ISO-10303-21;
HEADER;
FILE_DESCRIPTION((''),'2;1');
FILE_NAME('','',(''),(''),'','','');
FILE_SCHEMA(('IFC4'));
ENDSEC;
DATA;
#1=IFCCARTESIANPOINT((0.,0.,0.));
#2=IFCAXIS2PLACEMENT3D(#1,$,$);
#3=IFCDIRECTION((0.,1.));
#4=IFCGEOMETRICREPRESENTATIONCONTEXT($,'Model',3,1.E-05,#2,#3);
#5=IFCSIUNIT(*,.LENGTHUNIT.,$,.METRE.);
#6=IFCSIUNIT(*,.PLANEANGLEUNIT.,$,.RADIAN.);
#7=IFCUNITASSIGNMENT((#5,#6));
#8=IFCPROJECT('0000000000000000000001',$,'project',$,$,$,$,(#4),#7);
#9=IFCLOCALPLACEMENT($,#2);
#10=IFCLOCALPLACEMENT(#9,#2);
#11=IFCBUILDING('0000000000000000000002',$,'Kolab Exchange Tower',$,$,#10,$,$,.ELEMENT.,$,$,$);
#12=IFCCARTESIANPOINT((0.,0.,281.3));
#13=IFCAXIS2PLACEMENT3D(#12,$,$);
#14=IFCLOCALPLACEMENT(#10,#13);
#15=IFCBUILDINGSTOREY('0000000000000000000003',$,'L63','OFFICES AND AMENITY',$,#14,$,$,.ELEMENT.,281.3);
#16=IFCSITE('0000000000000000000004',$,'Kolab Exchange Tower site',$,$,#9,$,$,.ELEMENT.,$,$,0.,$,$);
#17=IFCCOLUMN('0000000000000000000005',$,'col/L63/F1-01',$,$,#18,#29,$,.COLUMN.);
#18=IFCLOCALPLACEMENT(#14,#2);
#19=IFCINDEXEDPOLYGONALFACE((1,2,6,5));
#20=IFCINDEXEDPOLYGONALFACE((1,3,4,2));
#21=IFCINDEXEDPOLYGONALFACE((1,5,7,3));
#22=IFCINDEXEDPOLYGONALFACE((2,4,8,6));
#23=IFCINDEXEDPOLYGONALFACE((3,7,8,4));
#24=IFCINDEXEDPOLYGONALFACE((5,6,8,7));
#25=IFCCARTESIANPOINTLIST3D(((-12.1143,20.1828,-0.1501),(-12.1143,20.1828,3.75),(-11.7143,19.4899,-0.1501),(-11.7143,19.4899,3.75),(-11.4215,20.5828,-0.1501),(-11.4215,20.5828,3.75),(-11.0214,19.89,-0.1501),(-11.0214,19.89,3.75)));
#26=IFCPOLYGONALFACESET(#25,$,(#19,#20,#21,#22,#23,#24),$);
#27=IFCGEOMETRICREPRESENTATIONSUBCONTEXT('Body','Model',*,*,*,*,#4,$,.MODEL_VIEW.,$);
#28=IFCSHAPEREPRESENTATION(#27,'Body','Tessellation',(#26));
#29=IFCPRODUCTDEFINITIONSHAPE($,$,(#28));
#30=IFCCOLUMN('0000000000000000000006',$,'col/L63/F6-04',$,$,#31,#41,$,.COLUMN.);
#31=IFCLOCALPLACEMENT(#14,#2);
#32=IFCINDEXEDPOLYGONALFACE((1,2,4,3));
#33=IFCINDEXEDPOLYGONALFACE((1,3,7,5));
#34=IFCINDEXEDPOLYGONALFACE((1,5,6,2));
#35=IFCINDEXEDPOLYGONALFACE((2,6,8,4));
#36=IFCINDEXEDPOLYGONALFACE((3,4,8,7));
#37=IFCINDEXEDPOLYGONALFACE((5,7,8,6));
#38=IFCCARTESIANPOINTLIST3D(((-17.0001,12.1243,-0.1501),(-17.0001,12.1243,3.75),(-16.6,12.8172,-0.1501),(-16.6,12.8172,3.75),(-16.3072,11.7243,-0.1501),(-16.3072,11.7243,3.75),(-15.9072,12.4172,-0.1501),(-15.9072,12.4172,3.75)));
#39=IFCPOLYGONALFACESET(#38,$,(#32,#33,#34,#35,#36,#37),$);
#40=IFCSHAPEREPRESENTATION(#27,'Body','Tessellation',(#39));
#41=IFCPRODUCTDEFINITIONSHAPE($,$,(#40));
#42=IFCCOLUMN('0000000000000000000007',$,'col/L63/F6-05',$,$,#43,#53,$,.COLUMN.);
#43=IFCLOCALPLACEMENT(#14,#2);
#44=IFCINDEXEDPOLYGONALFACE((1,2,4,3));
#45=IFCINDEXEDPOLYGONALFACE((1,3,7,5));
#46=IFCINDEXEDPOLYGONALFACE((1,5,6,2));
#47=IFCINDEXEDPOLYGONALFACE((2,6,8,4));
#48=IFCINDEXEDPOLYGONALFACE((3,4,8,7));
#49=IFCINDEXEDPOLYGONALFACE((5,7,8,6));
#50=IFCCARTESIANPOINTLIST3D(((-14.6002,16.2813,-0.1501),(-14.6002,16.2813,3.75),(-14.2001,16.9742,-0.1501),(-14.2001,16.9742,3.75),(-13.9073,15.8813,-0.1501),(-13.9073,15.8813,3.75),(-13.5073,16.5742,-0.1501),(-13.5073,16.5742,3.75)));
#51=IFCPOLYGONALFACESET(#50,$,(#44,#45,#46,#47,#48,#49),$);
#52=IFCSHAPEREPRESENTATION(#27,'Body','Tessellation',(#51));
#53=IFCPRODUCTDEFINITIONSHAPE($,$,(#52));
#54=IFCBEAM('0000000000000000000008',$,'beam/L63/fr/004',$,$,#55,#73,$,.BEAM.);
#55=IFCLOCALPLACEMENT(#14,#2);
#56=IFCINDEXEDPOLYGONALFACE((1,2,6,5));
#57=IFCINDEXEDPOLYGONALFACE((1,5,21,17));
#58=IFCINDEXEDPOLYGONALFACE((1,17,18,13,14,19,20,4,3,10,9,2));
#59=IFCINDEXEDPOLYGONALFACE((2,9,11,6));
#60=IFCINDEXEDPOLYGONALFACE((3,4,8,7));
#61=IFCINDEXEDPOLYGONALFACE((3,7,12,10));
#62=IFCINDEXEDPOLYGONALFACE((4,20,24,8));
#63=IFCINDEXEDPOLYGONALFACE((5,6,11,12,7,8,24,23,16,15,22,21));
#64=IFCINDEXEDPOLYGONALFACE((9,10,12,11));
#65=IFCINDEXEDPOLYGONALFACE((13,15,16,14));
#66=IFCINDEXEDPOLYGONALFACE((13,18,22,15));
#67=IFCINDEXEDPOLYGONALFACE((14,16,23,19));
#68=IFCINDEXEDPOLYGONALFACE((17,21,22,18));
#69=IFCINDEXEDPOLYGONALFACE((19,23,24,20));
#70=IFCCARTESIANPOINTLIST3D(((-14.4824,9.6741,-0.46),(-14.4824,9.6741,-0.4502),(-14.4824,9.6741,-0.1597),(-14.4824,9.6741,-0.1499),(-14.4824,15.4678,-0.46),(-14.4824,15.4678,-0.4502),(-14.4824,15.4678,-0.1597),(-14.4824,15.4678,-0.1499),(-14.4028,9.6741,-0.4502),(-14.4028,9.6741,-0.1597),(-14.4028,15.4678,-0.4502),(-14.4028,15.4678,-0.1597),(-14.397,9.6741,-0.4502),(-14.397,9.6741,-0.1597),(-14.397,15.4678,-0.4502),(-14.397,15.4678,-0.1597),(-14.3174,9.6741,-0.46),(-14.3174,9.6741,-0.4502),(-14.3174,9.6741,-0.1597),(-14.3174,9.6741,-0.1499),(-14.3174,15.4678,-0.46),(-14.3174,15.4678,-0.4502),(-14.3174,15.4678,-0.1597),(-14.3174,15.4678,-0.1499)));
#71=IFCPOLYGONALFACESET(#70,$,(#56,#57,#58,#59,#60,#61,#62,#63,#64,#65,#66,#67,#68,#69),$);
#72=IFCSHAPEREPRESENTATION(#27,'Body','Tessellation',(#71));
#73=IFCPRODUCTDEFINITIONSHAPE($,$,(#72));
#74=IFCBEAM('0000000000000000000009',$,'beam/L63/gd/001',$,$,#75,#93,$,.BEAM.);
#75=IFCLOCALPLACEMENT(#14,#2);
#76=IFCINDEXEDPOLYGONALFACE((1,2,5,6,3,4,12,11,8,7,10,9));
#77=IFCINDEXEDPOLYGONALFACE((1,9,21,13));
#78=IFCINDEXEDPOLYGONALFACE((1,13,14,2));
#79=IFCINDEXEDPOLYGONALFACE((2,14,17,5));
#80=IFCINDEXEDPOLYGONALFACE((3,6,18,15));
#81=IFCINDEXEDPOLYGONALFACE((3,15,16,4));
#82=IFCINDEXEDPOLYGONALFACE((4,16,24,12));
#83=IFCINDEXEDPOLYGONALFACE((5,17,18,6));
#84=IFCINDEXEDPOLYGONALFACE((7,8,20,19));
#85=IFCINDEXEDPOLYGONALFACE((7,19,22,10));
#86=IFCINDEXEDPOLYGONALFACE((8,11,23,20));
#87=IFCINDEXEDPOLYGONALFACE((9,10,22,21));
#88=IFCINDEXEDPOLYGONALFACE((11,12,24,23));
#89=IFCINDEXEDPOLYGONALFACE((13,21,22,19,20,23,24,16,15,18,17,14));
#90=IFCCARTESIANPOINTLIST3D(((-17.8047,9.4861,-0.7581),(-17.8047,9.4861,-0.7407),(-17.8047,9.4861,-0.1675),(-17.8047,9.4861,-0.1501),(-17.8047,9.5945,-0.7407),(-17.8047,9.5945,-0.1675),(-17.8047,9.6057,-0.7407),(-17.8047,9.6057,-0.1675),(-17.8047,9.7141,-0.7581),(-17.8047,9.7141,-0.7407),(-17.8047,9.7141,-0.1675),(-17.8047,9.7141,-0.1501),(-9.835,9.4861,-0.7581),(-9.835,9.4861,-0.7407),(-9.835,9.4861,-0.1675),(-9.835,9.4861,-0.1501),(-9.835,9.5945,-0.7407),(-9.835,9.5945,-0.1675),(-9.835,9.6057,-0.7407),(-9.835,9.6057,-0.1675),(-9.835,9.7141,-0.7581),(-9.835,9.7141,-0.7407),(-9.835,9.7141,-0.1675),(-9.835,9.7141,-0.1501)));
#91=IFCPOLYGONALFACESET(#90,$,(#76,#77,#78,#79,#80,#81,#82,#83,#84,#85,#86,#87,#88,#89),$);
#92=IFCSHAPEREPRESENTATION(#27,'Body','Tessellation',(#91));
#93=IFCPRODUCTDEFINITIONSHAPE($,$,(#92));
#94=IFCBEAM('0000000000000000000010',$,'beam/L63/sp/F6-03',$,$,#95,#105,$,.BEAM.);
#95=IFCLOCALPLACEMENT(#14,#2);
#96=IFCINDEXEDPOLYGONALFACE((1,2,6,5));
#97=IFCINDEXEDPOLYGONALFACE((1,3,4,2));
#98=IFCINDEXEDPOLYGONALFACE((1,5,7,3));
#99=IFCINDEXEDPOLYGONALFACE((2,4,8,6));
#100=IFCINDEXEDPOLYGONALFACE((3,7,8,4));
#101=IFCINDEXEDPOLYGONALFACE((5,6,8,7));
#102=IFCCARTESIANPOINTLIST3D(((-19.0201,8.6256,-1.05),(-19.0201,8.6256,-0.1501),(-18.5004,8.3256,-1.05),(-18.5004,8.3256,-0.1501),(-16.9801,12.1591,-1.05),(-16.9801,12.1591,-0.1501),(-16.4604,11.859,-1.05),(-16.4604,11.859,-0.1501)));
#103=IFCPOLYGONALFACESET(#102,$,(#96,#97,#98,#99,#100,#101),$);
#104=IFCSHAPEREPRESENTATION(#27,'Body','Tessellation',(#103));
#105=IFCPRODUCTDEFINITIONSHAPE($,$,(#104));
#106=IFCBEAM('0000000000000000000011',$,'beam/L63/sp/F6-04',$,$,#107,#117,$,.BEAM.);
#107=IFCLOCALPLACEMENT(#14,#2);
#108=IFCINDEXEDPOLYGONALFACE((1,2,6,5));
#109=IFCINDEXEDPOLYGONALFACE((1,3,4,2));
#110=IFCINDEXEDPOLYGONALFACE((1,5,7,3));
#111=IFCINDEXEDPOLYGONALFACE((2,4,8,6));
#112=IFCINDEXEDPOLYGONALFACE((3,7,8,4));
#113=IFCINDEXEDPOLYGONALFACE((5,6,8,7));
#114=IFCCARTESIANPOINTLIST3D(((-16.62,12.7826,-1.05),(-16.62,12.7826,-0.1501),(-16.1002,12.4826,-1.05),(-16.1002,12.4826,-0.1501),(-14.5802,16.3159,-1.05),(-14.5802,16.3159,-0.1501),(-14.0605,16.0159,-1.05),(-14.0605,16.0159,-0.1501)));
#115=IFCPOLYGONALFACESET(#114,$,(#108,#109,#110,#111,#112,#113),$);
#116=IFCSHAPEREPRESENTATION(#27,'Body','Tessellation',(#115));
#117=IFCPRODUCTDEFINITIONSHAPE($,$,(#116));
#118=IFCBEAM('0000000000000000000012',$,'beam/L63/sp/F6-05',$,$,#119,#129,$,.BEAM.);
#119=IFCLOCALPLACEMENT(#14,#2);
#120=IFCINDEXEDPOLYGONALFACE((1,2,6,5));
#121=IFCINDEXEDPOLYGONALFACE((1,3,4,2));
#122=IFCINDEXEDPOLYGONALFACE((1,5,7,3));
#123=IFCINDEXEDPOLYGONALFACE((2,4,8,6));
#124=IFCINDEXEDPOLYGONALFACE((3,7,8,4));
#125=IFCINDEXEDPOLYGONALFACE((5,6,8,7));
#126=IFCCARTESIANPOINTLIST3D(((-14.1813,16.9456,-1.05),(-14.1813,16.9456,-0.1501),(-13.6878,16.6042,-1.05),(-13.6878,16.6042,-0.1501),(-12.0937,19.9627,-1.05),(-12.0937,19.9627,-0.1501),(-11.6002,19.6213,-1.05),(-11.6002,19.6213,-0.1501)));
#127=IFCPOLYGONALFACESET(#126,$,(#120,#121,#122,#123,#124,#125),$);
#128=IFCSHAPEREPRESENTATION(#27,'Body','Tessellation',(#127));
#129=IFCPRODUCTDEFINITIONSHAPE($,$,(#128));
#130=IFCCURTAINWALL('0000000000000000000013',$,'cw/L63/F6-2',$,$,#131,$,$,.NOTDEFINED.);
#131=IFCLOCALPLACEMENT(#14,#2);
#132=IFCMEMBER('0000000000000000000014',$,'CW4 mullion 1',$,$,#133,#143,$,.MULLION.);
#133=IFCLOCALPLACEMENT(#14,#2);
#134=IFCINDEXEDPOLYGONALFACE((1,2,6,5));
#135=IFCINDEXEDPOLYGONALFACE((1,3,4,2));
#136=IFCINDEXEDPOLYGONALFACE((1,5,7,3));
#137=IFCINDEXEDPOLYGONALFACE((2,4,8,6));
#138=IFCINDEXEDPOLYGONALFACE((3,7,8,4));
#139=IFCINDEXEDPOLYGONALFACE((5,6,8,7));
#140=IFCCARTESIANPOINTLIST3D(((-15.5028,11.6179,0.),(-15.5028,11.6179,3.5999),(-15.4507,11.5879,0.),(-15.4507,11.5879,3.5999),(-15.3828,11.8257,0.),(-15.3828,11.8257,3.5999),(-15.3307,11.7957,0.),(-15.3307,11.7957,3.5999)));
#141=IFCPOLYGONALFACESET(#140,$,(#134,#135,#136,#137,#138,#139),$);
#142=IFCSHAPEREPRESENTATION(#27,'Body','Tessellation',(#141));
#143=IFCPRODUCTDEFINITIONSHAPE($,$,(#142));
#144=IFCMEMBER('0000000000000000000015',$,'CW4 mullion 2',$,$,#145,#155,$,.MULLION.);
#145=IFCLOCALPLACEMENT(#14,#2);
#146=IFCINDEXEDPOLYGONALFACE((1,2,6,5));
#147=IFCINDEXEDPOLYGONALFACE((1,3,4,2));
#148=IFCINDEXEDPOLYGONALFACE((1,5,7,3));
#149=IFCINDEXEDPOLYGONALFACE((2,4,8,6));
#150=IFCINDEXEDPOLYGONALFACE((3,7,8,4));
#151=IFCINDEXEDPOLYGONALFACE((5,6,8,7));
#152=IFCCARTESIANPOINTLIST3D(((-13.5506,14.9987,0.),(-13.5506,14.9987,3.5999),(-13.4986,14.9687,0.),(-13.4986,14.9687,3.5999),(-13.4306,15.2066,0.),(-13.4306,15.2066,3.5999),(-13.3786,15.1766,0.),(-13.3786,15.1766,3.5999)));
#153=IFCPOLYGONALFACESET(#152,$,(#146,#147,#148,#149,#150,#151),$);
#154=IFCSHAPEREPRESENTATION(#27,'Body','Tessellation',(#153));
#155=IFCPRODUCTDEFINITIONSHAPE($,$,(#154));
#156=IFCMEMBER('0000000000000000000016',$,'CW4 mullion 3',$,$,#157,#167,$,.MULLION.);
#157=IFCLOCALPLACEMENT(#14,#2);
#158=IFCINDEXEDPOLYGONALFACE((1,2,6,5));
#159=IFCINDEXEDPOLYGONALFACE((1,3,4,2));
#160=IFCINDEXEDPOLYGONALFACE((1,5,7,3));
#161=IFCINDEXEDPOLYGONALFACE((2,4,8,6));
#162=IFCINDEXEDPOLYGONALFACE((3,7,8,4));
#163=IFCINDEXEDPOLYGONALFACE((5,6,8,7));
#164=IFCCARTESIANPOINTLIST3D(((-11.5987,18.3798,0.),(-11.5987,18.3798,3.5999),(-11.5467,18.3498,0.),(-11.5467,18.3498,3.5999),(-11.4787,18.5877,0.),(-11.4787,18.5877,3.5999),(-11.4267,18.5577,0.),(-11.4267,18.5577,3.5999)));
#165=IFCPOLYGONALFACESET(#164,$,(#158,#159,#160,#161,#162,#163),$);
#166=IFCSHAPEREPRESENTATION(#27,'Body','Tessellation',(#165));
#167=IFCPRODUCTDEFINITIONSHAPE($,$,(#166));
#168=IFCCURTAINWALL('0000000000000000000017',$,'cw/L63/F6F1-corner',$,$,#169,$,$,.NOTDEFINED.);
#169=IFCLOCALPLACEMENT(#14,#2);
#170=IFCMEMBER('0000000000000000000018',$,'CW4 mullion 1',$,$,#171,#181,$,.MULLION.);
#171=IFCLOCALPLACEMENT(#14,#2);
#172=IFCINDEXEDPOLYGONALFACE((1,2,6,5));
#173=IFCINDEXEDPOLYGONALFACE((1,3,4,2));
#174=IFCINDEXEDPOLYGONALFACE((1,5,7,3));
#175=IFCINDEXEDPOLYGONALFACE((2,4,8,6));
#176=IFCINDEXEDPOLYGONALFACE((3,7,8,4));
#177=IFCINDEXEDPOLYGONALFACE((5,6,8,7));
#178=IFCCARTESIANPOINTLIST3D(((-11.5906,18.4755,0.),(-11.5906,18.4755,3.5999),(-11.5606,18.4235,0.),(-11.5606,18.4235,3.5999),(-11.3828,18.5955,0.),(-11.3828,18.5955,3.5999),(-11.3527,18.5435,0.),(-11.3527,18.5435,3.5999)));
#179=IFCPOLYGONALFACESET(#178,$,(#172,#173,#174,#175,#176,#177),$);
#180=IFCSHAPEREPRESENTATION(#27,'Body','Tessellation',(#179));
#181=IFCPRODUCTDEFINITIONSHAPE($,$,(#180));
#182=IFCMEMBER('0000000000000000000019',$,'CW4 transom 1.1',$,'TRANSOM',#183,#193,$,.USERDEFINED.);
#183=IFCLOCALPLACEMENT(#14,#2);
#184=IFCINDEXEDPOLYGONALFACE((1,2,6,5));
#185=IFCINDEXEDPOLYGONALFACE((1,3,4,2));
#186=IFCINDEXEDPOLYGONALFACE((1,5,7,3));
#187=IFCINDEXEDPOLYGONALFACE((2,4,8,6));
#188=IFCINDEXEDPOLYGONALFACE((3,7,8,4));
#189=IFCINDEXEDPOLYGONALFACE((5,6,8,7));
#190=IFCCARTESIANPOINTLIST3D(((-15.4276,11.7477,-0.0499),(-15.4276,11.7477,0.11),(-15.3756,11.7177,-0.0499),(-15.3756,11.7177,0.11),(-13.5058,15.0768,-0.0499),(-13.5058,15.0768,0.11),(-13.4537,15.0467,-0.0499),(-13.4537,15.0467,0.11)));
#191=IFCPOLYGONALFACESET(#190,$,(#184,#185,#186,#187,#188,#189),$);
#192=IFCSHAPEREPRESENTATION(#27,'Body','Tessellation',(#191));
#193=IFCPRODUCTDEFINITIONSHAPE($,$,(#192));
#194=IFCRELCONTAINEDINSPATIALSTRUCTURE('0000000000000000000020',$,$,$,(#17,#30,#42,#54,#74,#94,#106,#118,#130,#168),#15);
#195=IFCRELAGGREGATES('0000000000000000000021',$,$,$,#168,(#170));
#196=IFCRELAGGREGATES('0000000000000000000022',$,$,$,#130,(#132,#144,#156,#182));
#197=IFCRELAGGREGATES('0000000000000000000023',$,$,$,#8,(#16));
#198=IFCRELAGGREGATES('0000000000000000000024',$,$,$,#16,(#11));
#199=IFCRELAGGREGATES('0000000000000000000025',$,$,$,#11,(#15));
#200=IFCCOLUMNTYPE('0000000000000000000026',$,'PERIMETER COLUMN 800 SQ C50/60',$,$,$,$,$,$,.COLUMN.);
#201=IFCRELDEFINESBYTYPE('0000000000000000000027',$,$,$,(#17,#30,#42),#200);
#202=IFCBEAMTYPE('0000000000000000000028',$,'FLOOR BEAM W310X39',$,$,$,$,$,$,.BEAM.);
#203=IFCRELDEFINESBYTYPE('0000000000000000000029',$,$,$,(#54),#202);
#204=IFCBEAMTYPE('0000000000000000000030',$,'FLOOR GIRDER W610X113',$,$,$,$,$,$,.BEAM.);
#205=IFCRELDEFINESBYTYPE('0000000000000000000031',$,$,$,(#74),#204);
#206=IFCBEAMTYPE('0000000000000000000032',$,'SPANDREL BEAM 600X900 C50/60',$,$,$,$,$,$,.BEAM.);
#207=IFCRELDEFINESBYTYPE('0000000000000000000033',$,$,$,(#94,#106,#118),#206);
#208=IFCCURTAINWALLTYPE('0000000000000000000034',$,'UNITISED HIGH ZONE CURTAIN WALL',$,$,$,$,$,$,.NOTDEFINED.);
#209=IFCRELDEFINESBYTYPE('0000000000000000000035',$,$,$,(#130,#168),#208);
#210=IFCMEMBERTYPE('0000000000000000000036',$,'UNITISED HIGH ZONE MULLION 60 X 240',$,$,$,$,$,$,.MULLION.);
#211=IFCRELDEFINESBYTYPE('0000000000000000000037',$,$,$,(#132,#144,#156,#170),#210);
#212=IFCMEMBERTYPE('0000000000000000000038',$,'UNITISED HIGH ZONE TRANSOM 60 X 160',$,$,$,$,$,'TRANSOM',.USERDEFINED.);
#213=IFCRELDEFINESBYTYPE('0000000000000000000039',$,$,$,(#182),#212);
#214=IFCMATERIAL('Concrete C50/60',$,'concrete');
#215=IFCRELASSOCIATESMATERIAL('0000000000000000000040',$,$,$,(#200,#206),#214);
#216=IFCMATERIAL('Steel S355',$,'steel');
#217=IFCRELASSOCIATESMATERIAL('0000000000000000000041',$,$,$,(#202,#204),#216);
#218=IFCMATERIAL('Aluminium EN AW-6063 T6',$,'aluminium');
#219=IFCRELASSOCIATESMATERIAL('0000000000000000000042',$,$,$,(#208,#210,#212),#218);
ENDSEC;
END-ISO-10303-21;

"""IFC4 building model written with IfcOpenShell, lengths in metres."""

from ifc_helpers import new_model, si_unit, direction, frame, origin, origin_2d, place, context, subcontext, project, spatial, rectangle, i_section, extrude, material, material_profile, profile_set, type_object, element, aggregate, save


model = new_model("IFC4")

# Units and contexts
model_context = context("Model", 3, precision=1e-05, world=origin(), true_north=direction((0.0, 1.0)))
body_context = subcontext(model_context, "Body", "Model", "MODEL_VIEW")
ifc_project = project(units=[si_unit("LENGTHUNIT", "METRE"), si_unit("PLANEANGLEUNIT", "RADIAN")], contexts=[model_context])

# Site, building, storey
site_placement = place(None, origin())
site = spatial("IfcSite", under=ifc_project, at=site_placement, Name="Kolab Exchange Tower site", CompositionType="ELEMENT", RefElevation=0.0)
building_placement = place(site_placement, origin())
building = spatial("IfcBuilding", under=site, at=building_placement, Name="Kolab Exchange Tower", CompositionType="ELEMENT")
storey_placement = place(building_placement, frame((0.0, 0.0, 281.3)))
storey = spatial("IfcBuildingStorey", under=building, at=storey_placement, Name="L63", Description="OFFICES AND AMENITY", CompositionType="ELEMENT", Elevation=281.3)

# Columns
ifc_material_1 = material(Name="Concrete C50/60", Category="concrete")
ifc_material_profile_1 = material_profile(ifc_material_1, rectangle(XDim=0.8, YDim=0.8, at=origin_2d()), Name="RC800")
ifc_profile_set_1 = profile_set([ifc_material_profile_1], Name="Concrete C50/60")
column_type = type_object("IfcColumnType", Name="PERIMETER COLUMN 800 SQ C50/60", PredefinedType="COLUMN", material=ifc_profile_set_1)
for number, where, z_axis, x_axis, name in (
    (1, (-11.5679, 20.0364, -0.1501), (0.0, 0.0, 1.0), (0.866025, 0.5, 0.0), "col/L63/F1-01"),
    (2, (-16.4536, 12.2708, -0.1501), (0.0, 0.0, 1.0), (0.5, 0.866025, 0.0), "col/L63/F6-04"),
    (3, (-14.0537, 16.4277, -0.1501), (0.0, 0.0, 1.0), (0.5, 0.866025, 0.0), "col/L63/F6-05"),
):
    element("IfcColumn", number, at=place(storey_placement, frame(where, z_axis=z_axis, x_axis=x_axis)), inside=storey, type_object=column_type, Name=name, PredefinedType="COLUMN", context=body_context, shape_type="SweptSolid", body=[
        extrude(rectangle(XDim=0.8, YDim=0.8, at=origin_2d()), origin(), (0.0, 0.0, 1.0), 3.9001),
    ])

# Beams
ifc_material_2 = material(Name="Steel S355", Category="steel")
ifc_material_profile_2 = material_profile(ifc_material_2, i_section(OverallWidth=0.165, OverallDepth=0.3101, WebThickness=0.0059, FlangeThickness=0.0098, at=origin_2d()), Name="W310X39")
ifc_profile_set_2 = profile_set([ifc_material_profile_2], Name="Steel S355")
beam_type_1 = type_object("IfcBeamType", Name="FLOOR BEAM W310X39", PredefinedType="BEAM", material=ifc_profile_set_2)
beam_1_placement = place(storey_placement, frame((-14.3999, 9.6741, -0.3049), z_axis=(0.0, 1.0, 0.0), x_axis=(-1.0, 0.0, 0.0)))
element("IfcBeam", 4, at=beam_1_placement, inside=storey, type_object=beam_type_1, Name="beam/L63/fr/004", PredefinedType="BEAM", context=body_context, shape_type="SweptSolid", body=[
    extrude(i_section(OverallWidth=0.165, OverallDepth=0.3101, WebThickness=0.0059, FlangeThickness=0.0098, at=origin_2d()), origin(), (0.0, 0.0, 1.0), 5.7937),
])
ifc_material_profile_3 = material_profile(ifc_material_2, i_section(OverallWidth=0.228, OverallDepth=0.6079, WebThickness=0.0112, FlangeThickness=0.0173, at=origin_2d()), Name="W610X113")
ifc_profile_set_3 = profile_set([ifc_material_profile_3], Name="Steel S355")
beam_type_2 = type_object("IfcBeamType", Name="FLOOR GIRDER W610X113", PredefinedType="BEAM", material=ifc_profile_set_3)
beam_2_placement = place(storey_placement, frame((-17.8047, 9.6001, -0.4541), z_axis=(1.0, 0.0, 0.0), x_axis=(0.0, 1.0, 0.0)))
element("IfcBeam", 5, at=beam_2_placement, inside=storey, type_object=beam_type_2, Name="beam/L63/gd/001", PredefinedType="BEAM", context=body_context, shape_type="SweptSolid", body=[
    extrude(i_section(OverallWidth=0.228, OverallDepth=0.6079, WebThickness=0.0112, FlangeThickness=0.0173, at=origin_2d()), origin(), (0.0, 0.0, 1.0), 7.9697),
])
ifc_material_profile_4 = material_profile(ifc_material_1, rectangle(XDim=0.6001, YDim=0.8999, at=origin_2d()), Name="RC600X900")
ifc_profile_set_4 = profile_set([ifc_material_profile_4], Name="Concrete C50/60")
beam_type_3 = type_object("IfcBeamType", Name="SPANDREL BEAM 600X900 C50/60", PredefinedType="BEAM", material=ifc_profile_set_4)
beam_3_placement = place(storey_placement, frame((-18.7603, 8.4756, -0.6001), z_axis=(0.5, 0.866025, 0.0), x_axis=(-0.866025, 0.5, 0.0)))
element("IfcBeam", 6, at=beam_3_placement, inside=storey, type_object=beam_type_3, Name="beam/L63/sp/F6-03", PredefinedType="BEAM", context=body_context, shape_type="SweptSolid", body=[
    extrude(rectangle(XDim=0.6001, YDim=0.8999, at=origin_2d()), origin(), (0.0, 0.0, 1.0), 4.0801),
])
beam_4_placement = place(storey_placement, frame((-16.3601, 12.6326, -0.6001), z_axis=(0.499956, 0.866051, 0.0), x_axis=(-0.866051, 0.499956, 0.0)))
element("IfcBeam", 7, at=beam_4_placement, inside=storey, type_object=beam_type_3, Name="beam/L63/sp/F6-04", PredefinedType="BEAM", context=body_context, shape_type="SweptSolid", body=[
    extrude(rectangle(XDim=0.6001, YDim=0.8999, at=origin_2d()), origin(), (0.0, 0.0, 1.0), 4.0798),
])
beam_5_placement = place(storey_placement, frame((-13.9346, 16.7749, -0.6001), z_axis=(0.569006, 0.822334, 0.0), x_axis=(-0.822334, 0.569006, 0.0)))
element("IfcBeam", 8, at=beam_5_placement, inside=storey, type_object=beam_type_3, Name="beam/L63/sp/F6-05", PredefinedType="BEAM", context=body_context, shape_type="SweptSolid", body=[
    extrude(rectangle(XDim=0.6001, YDim=0.8999, at=origin_2d()), origin(), (0.0, 0.0, 1.0), 3.6689),
])

# Curtain wall, members
ifc_material_3 = material(Name="Aluminium EN AW-6063 T6", Category="aluminium")
curtain_wall_type = type_object("IfcCurtainWallType", Name="UNITISED HIGH ZONE CURTAIN WALL", PredefinedType="NOTDEFINED", material=ifc_material_3)
curtain_wall_1_placement = place(storey_placement, origin())
curtain_wall_1 = element("IfcCurtainWall", 9, at=curtain_wall_1_placement, inside=storey, type_object=curtain_wall_type, Name="cw/L63/F6-2", PredefinedType="NOTDEFINED")
ifc_material_profile_5 = material_profile(ifc_material_3, rectangle(XDim=0.0601, YDim=0.24, at=origin_2d()), Name="RECT 60X240")
ifc_profile_set_5 = profile_set([ifc_material_profile_5], Name="Aluminium EN AW-6063 T6")
member_type_1 = type_object("IfcMemberType", Name="UNITISED HIGH ZONE MULLION 60 X 240", PredefinedType="MULLION", material=ifc_profile_set_5)
member_1_placement = place(storey_placement, frame((-15.4167, 11.7068, 0.0), z_axis=(0.0, 0.0, 1.0), x_axis=(-0.866025, 0.5, 0.0)))
member_1 = element("IfcMember", 10, at=member_1_placement, type_object=member_type_1, Name="CW4 mullion 1", PredefinedType="MULLION", context=body_context, shape_type="SweptSolid", body=[
    extrude(rectangle(XDim=0.0601, YDim=0.24, at=origin_2d()), origin(), (0.0, 0.0, 1.0), 3.5999),
])
member_2_placement = place(storey_placement, frame((-13.4646, 15.0876, 0.0), z_axis=(0.0, 0.0, 1.0), x_axis=(-0.866025, 0.5, 0.0)))
member_2 = element("IfcMember", 11, at=member_2_placement, type_object=member_type_1, Name="CW4 mullion 2", PredefinedType="MULLION", context=body_context, shape_type="SweptSolid", body=[
    extrude(rectangle(XDim=0.0601, YDim=0.24, at=origin_2d()), origin(), (0.0, 0.0, 1.0), 3.5999),
])
member_3_placement = place(storey_placement, frame((-11.5127, 18.4688, 0.0), z_axis=(0.0, 0.0, 1.0), x_axis=(-0.866025, 0.5, 0.0)))
member_3 = element("IfcMember", 12, at=member_3_placement, type_object=member_type_1, Name="CW4 mullion 3", PredefinedType="MULLION", context=body_context, shape_type="SweptSolid", body=[
    extrude(rectangle(XDim=0.0601, YDim=0.24, at=origin_2d()), origin(), (0.0, 0.0, 1.0), 3.5999),
])

# Curtain wall, member
curtain_wall_2_placement = place(storey_placement, origin())
curtain_wall_2 = element("IfcCurtainWall", 13, at=curtain_wall_2_placement, inside=storey, type_object=curtain_wall_type, Name="cw/L63/F6F1-corner", PredefinedType="NOTDEFINED")
member_4_placement = place(storey_placement, frame((-11.4717, 18.5095, 0.0), z_axis=(0.0, 0.0, 1.0), x_axis=(-0.5, 0.866025, 0.0)))
member_4 = element("IfcMember", 14, at=member_4_placement, type_object=member_type_1, Name="CW4 mullion 1", PredefinedType="MULLION", context=body_context, shape_type="SweptSolid", body=[
    extrude(rectangle(XDim=0.0601, YDim=0.24, at=origin_2d()), origin(), (0.0, 0.0, 1.0), 3.5999),
])

# Member
ifc_material_profile_6 = material_profile(ifc_material_3, rectangle(XDim=0.0601, YDim=0.1599, at=origin_2d()), Name="RECT 60X160")
ifc_profile_set_6 = profile_set([ifc_material_profile_6], Name="Aluminium EN AW-6063 T6")
member_type_2 = type_object("IfcMemberType", Name="UNITISED HIGH ZONE TRANSOM 60 X 160", ElementType="TRANSOM", PredefinedType="USERDEFINED", material=ifc_profile_set_6)
member_5_placement = place(storey_placement, frame((-15.4016, 11.7327, 0.03), z_axis=(0.499964, 0.866046, 0.0), x_axis=(-0.866046, 0.499964, 0.0)))
member_5 = element("IfcMember", 15, at=member_5_placement, type_object=member_type_2, Name="CW4 transom 1.1", ObjectType="TRANSOM", PredefinedType="USERDEFINED", context=body_context, shape_type="SweptSolid", body=[
    extrude(rectangle(XDim=0.0601, YDim=0.1599, at=origin_2d()), origin(), (0.0, 0.0, 1.0), 3.844),
])
aggregate(curtain_wall_2, [member_4])

aggregate(curtain_wall_1, [member_1, member_2, member_3, member_5])

save(model, "model.ifc")
